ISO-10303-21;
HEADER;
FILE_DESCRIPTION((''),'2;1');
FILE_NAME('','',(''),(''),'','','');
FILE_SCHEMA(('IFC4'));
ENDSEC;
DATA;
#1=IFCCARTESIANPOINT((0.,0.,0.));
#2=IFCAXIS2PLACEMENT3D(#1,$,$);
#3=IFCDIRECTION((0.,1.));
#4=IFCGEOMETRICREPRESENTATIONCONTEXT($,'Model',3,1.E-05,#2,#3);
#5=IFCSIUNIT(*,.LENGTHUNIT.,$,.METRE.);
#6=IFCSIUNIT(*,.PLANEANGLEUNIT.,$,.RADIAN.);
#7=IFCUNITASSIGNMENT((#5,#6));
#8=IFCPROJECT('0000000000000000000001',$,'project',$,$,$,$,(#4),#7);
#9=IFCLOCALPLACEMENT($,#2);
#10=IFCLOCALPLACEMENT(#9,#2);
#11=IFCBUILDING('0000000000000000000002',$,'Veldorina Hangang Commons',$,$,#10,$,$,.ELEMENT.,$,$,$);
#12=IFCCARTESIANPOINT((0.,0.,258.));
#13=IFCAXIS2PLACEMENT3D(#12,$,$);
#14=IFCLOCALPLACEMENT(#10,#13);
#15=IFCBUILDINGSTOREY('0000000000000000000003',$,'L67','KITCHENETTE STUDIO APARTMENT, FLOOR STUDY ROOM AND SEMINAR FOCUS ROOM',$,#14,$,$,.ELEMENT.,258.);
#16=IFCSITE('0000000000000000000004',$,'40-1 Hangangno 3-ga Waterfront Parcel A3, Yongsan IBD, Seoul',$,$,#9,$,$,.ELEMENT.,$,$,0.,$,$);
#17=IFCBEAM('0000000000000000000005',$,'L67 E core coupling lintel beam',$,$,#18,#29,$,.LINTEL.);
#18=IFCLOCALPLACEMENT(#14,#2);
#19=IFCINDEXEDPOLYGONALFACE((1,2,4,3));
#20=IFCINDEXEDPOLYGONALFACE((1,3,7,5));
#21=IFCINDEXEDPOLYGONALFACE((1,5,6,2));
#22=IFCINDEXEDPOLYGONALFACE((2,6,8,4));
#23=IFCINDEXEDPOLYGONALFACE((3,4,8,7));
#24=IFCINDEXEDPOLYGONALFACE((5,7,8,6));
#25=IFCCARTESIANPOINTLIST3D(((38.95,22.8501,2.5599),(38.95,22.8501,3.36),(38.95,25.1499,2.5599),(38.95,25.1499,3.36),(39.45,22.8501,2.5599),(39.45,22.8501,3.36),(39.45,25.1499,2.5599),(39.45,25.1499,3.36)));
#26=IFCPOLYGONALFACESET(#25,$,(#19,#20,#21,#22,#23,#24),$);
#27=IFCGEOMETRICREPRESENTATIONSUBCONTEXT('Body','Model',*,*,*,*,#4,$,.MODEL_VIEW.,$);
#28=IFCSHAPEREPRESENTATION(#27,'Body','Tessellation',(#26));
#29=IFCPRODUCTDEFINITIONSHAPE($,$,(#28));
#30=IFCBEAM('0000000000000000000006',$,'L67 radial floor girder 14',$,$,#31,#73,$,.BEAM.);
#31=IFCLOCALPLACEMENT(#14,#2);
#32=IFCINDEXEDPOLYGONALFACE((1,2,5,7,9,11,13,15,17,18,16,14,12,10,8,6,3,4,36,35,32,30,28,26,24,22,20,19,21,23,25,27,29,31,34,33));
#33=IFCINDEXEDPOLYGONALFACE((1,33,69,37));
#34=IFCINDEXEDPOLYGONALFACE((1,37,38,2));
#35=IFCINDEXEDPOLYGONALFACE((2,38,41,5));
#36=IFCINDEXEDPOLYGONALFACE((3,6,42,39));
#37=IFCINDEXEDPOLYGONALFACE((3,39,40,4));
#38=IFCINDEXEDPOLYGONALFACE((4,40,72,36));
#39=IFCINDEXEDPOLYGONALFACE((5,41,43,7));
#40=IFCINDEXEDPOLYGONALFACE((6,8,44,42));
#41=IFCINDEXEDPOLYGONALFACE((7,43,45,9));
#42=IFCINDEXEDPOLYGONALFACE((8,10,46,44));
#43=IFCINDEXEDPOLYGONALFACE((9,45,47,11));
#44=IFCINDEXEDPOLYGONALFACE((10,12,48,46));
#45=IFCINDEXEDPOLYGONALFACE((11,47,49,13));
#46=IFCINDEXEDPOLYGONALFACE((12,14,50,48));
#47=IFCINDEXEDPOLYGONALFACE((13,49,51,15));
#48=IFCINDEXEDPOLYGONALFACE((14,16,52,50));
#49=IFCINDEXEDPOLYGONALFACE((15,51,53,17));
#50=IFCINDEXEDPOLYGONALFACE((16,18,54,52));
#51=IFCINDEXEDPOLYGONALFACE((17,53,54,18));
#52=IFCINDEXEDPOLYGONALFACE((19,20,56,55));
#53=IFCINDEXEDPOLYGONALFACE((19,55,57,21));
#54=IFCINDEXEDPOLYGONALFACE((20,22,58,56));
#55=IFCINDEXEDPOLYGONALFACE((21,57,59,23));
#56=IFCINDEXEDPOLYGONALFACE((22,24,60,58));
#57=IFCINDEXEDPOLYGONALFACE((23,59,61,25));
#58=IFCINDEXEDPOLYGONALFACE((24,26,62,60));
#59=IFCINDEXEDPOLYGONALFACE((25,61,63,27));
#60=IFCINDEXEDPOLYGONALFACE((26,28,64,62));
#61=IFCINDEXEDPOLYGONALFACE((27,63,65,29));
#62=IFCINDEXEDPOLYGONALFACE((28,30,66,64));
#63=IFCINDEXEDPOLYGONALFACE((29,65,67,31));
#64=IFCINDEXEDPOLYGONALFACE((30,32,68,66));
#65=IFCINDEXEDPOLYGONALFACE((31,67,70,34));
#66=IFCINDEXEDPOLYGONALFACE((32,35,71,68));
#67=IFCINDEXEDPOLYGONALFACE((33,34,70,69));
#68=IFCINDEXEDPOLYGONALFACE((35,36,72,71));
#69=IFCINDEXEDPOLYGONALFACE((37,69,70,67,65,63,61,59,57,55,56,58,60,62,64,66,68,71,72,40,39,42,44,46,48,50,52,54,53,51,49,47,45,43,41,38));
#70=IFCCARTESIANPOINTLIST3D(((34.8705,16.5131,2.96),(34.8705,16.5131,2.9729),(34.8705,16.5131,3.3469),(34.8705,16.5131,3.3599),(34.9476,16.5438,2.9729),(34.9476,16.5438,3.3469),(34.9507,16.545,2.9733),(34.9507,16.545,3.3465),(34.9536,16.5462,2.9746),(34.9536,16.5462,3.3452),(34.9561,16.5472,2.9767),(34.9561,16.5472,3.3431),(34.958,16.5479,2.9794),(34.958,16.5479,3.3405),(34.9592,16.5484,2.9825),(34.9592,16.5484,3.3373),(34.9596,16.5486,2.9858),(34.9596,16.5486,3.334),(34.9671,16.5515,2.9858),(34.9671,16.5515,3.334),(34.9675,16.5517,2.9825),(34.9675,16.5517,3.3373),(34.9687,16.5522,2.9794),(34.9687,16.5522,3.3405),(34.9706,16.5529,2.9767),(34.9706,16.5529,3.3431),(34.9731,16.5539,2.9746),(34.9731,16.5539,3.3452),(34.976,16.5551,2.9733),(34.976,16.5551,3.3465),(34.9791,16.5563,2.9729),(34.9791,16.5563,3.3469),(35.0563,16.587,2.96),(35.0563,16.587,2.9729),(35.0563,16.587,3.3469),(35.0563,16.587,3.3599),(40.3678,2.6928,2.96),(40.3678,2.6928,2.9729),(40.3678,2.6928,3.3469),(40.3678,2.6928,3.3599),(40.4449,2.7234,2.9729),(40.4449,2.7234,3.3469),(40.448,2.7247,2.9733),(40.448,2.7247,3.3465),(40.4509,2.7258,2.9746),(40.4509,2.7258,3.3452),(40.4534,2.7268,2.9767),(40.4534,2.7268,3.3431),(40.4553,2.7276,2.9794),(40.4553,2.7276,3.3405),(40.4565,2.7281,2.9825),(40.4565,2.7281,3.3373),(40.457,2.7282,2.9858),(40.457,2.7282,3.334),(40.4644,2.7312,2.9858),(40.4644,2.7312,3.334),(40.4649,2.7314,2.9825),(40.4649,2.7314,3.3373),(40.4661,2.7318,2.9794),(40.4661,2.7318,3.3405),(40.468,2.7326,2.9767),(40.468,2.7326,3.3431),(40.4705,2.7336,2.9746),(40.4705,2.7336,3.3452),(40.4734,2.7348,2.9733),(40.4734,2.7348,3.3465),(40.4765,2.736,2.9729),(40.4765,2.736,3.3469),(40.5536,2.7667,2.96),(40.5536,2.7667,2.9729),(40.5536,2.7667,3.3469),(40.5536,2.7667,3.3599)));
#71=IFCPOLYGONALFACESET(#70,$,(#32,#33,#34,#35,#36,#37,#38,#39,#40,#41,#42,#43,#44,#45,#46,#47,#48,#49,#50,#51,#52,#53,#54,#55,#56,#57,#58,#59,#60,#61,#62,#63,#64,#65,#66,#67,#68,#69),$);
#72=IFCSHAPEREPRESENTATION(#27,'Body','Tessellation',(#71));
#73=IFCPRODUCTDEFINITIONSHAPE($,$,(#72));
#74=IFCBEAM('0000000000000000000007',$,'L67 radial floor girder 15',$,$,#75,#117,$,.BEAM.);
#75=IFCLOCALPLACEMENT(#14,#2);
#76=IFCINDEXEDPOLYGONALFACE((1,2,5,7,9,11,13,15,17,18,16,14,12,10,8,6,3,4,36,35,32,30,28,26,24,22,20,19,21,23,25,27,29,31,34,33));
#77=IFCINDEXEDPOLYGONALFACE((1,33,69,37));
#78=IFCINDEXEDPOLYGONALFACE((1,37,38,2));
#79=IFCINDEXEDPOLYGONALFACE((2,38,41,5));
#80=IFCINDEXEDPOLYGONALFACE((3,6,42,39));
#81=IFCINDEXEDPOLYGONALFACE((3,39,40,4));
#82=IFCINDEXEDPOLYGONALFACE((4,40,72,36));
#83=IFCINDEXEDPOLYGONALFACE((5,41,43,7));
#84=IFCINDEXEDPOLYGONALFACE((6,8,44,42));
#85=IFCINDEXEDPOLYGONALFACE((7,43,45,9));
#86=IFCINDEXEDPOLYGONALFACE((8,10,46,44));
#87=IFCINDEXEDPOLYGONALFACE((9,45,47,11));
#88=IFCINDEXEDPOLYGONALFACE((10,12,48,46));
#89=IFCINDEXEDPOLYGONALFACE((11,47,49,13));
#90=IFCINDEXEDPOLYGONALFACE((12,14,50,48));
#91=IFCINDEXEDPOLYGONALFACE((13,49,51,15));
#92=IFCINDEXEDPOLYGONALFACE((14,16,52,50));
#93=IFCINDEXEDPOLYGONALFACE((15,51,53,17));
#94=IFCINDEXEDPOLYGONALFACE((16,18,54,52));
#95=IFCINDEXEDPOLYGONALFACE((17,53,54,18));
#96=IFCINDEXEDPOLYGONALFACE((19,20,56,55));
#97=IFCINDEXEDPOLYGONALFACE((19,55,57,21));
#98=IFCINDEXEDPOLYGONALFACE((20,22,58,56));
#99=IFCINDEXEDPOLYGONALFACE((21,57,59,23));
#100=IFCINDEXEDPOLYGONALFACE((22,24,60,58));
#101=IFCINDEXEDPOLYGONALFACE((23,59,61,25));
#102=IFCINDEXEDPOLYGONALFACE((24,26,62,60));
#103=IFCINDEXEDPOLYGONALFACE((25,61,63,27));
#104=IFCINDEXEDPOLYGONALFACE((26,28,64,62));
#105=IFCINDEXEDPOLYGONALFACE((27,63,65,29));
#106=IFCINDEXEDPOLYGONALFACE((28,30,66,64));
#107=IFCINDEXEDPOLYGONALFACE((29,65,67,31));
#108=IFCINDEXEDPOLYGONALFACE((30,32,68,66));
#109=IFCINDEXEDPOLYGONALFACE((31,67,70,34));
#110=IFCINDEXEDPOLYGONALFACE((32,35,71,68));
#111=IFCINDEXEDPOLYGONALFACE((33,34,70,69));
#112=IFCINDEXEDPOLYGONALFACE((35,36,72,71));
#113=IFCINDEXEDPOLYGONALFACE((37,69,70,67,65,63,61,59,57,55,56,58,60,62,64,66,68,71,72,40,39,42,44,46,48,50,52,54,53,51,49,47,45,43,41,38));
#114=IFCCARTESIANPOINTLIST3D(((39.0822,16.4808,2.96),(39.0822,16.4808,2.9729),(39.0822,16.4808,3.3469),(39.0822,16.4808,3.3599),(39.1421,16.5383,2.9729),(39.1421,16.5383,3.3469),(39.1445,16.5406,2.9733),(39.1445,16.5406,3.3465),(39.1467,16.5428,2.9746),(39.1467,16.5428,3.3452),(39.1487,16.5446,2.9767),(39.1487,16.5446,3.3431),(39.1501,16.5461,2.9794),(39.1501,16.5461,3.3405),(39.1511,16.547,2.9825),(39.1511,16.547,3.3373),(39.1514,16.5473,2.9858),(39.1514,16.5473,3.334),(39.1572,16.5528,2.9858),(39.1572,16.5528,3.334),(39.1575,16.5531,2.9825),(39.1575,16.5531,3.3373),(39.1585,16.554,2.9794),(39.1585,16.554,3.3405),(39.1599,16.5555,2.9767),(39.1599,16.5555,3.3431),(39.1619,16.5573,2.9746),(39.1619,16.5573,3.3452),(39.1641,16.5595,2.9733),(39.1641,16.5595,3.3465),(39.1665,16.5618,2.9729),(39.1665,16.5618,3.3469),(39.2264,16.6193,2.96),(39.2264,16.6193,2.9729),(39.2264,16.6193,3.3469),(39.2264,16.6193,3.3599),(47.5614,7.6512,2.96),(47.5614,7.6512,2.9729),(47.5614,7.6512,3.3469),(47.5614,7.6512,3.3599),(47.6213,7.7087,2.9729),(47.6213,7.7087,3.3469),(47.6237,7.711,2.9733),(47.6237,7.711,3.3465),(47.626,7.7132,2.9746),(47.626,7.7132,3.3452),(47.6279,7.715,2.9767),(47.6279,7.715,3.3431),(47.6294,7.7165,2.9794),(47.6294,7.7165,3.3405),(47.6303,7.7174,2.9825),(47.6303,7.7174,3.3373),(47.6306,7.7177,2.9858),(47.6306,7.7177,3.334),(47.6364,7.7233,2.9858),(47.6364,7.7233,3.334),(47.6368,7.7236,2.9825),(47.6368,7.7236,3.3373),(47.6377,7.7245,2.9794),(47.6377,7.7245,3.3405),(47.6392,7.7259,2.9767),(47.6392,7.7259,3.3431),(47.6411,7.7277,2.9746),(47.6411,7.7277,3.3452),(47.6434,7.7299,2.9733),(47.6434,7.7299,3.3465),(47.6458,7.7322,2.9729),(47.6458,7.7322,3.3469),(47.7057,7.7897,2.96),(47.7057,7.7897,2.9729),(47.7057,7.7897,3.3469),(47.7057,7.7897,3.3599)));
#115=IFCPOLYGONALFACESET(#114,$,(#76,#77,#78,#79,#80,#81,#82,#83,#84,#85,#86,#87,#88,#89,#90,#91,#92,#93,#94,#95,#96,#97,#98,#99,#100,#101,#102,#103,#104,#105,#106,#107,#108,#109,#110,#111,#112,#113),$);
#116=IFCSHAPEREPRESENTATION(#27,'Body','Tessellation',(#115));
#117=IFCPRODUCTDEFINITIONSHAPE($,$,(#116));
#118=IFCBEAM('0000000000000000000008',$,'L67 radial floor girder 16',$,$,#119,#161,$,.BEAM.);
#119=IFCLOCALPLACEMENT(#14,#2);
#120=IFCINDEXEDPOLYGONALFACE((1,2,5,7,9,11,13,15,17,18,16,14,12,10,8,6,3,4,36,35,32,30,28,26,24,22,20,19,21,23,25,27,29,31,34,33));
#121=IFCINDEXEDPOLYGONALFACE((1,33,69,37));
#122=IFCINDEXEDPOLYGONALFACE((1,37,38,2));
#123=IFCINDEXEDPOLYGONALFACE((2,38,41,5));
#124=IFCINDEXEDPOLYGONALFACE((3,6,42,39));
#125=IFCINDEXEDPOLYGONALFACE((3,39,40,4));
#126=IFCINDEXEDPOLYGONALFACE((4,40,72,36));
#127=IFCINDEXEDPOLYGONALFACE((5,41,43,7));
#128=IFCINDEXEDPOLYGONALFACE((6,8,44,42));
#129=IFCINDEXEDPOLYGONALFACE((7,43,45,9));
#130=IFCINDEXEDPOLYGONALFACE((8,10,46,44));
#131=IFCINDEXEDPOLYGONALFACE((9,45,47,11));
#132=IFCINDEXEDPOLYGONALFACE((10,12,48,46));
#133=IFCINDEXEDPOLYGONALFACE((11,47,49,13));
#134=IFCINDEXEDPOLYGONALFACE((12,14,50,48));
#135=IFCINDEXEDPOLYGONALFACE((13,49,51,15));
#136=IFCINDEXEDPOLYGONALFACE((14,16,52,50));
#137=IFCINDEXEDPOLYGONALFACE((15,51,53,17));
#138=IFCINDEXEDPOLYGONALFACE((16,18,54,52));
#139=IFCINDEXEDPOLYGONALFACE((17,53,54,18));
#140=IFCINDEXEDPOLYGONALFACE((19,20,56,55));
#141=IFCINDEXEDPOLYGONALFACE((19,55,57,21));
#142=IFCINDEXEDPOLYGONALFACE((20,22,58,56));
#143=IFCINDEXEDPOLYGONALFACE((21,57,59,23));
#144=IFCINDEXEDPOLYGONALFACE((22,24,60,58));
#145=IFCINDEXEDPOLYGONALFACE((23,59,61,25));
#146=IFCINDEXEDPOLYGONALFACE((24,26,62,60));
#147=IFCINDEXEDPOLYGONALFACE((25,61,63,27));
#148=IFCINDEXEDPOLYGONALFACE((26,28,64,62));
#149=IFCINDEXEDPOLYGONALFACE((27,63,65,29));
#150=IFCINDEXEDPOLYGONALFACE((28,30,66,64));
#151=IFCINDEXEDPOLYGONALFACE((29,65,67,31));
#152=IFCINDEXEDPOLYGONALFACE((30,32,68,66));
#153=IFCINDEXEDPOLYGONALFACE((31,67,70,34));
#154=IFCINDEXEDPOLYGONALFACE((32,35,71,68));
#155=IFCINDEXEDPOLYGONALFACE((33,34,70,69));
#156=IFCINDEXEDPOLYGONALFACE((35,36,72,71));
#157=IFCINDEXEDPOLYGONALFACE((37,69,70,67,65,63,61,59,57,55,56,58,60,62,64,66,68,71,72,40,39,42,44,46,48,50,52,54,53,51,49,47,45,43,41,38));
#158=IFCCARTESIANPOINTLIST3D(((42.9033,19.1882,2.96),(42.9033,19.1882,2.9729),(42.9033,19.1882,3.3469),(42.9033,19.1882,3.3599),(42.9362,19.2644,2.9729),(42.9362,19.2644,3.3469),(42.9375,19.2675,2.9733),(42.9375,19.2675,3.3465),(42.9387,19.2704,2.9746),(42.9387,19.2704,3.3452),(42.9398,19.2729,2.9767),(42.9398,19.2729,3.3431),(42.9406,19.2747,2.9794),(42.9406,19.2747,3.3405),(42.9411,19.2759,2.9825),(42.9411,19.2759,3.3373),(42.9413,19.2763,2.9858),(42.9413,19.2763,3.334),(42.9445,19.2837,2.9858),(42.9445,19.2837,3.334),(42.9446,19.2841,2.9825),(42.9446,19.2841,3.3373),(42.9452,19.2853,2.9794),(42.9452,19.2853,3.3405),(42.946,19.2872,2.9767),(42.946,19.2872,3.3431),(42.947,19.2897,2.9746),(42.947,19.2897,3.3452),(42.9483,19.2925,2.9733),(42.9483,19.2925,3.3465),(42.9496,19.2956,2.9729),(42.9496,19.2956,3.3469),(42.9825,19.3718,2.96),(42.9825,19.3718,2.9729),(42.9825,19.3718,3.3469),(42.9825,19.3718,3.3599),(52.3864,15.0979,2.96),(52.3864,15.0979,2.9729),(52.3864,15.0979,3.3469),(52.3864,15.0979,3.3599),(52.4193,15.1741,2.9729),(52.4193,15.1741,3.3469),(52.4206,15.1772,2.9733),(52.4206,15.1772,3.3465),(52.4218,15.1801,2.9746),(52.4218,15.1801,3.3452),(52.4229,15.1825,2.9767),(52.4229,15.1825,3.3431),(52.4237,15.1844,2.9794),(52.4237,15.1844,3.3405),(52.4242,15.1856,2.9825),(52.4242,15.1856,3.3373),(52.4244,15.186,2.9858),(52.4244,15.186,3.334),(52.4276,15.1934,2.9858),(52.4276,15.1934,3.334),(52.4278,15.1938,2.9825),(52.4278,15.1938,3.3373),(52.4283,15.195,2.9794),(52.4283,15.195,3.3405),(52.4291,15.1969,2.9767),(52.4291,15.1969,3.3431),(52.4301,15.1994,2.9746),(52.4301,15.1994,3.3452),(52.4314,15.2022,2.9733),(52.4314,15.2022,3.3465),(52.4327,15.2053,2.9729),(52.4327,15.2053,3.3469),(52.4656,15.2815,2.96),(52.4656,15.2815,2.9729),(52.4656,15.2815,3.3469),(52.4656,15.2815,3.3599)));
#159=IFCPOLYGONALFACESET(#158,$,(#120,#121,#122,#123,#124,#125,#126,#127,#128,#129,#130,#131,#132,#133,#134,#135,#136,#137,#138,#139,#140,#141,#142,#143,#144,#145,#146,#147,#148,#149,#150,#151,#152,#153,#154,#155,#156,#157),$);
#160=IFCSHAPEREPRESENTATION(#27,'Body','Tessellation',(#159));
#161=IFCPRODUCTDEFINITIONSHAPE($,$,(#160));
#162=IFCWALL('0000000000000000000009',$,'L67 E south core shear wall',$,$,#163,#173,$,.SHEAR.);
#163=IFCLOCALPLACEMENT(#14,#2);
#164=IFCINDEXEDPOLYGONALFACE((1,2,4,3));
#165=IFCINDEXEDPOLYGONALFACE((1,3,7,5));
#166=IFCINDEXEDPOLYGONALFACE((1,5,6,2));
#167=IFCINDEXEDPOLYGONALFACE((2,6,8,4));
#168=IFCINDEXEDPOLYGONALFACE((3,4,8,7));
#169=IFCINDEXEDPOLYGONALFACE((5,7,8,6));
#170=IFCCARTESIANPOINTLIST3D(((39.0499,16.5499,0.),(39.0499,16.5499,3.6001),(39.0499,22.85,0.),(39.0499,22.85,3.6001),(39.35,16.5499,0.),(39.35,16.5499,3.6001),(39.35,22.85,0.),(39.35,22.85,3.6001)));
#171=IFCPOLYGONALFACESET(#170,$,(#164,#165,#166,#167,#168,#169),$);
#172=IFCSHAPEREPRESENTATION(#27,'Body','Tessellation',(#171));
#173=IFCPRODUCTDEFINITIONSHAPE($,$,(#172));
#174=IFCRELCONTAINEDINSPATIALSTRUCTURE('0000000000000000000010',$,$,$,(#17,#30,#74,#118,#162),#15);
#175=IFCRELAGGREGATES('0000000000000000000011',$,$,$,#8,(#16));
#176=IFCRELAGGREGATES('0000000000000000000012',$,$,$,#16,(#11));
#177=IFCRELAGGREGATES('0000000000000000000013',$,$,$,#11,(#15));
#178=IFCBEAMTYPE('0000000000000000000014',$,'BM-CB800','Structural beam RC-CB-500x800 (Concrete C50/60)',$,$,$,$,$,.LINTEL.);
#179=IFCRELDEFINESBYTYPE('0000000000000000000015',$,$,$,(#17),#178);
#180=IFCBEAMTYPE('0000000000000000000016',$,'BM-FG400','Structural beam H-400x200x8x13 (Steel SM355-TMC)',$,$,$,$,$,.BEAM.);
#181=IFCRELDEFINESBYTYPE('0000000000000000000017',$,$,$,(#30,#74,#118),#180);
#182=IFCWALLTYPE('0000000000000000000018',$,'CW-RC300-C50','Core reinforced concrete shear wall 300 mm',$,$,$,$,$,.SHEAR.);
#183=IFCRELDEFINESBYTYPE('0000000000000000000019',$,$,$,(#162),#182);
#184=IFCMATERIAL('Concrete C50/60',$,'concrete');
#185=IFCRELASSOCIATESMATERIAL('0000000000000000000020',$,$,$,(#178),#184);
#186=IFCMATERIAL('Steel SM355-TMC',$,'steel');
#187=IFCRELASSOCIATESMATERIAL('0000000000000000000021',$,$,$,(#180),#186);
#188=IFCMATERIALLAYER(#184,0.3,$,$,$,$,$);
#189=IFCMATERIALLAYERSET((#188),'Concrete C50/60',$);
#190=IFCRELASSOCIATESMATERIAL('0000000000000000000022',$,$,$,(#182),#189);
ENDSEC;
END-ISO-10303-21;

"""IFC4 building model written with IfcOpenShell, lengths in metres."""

from ifc_helpers import new_model, si_unit, direction, frame, frame_2d, origin, origin_2d, place, context, subcontext, project, spatial, rectangle, i_section, extrude, material, layer, layer_set, material_profile, profile_set, type_object, element, save


model = new_model("IFC4")

# Units and contexts
model_context = context("Model", 3, precision=1e-05, world=origin(), true_north=direction((0.0, 1.0)))
body_context = subcontext(model_context, "Body", "Model", "MODEL_VIEW")
ifc_project = project(units=[si_unit("LENGTHUNIT", "METRE"), si_unit("PLANEANGLEUNIT", "RADIAN")], contexts=[model_context])

# Site, building, storey
site_placement = place(None, origin())
site = spatial("IfcSite", under=ifc_project, at=site_placement, Name="40-1 Hangangno 3-ga Waterfront Parcel A3, Yongsan IBD, Seoul", CompositionType="ELEMENT", RefElevation=0.0)
building_placement = place(site_placement, origin())
building = spatial("IfcBuilding", under=site, at=building_placement, Name="Veldorina Hangang Commons", CompositionType="ELEMENT")
storey_placement = place(building_placement, frame((0.0, 0.0, 258.0)))
storey = spatial("IfcBuildingStorey", under=building, at=storey_placement, Name="L67", Description="KITCHENETTE STUDIO APARTMENT, FLOOR STUDY ROOM AND SEMINAR FOCUS ROOM", CompositionType="ELEMENT", Elevation=258.0)

# Beams
ifc_material_1 = material(Name="Concrete C50/60", Category="concrete")
ifc_material_profile_1 = material_profile(ifc_material_1, rectangle(XDim=0.5, YDim=0.8, at=origin_2d()), Name="RC-CB-500x800")
ifc_profile_set_1 = profile_set([ifc_material_profile_1], Name="Concrete C50/60")
beam_type_1 = type_object("IfcBeamType", Name="BM-CB800", Description="Structural beam RC-CB-500x800 (Concrete C50/60)", PredefinedType="LINTEL", material=ifc_profile_set_1)
beam_1_placement = place(storey_placement, frame((39.2, 22.8501, 2.96), z_axis=(0.0, 1.0, 0.0), x_axis=(-1.0, 0.0, 0.0)))
element("IfcBeam", 1, at=beam_1_placement, inside=storey, type_object=beam_type_1, Name="L67 E core coupling lintel beam", PredefinedType="LINTEL", context=body_context, shape_type="SweptSolid", body=[
    extrude(rectangle(XDim=0.5, YDim=0.8, at=origin_2d()), origin(), (0.0, 0.0, 1.0), 2.2998),
])
ifc_material_2 = material(Name="Steel SM355-TMC", Category="steel")
ifc_material_profile_2 = material_profile(ifc_material_2, i_section(OverallWidth=0.2, OverallDepth=0.3999, WebThickness=0.0081, FlangeThickness=0.0129, FilletRadius=0.0129, at=origin_2d()), Name="H-400x200x8x13")
ifc_profile_set_2 = profile_set([ifc_material_profile_2], Name="Steel SM355-TMC")
beam_type_2 = type_object("IfcBeamType", Name="BM-FG400", Description="Structural beam H-400x200x8x13 (Steel SM355-TMC)", PredefinedType="BEAM", material=ifc_profile_set_2)
beam_2_placement = place(storey_placement, frame((34.9634, 16.55, 3.1599), z_axis=(0.369604, -0.929189, 0.0), x_axis=(0.929189, 0.369604, 0.0)))
element("IfcBeam", 2, at=beam_2_placement, inside=storey, type_object=beam_type_2, Name="L67 radial floor girder 14", PredefinedType="BEAM", context=body_context, shape_type="SweptSolid", body=[
    extrude(i_section(OverallWidth=0.2, OverallDepth=0.3999, WebThickness=0.0081, FlangeThickness=0.0129, FilletRadius=0.0129, at=origin_2d()), origin(), (0.0, 0.0, 1.0), 14.8735),
])
beam_3_placement = place(storey_placement, frame((39.1543, 16.55, 3.1599), z_axis=(0.692653, -0.721271, 0.0), x_axis=(0.721271, 0.692653, 0.0)))
element("IfcBeam", 3, at=beam_3_placement, inside=storey, type_object=beam_type_2, Name="L67 radial floor girder 15", PredefinedType="BEAM", context=body_context, shape_type="SweptSolid", body=[
    extrude(i_section(OverallWidth=0.2, OverallDepth=0.3999, WebThickness=0.0081, FlangeThickness=0.0129, FilletRadius=0.0129, at=origin_2d()), origin(), (0.0, 0.0, 1.0), 12.2417),
])
beam_4_placement = place(storey_placement, frame((42.9429, 19.28, 3.1599), z_axis=(0.918227, -0.396055, 0.0), x_axis=(0.396055, 0.918227, 0.0)))
element("IfcBeam", 4, at=beam_4_placement, inside=storey, type_object=beam_type_2, Name="L67 radial floor girder 16", PredefinedType="BEAM", context=body_context, shape_type="SweptSolid", body=[
    extrude(i_section(OverallWidth=0.2, OverallDepth=0.3999, WebThickness=0.0081, FlangeThickness=0.0129, FilletRadius=0.0129, at=origin_2d()), origin(), (0.0, 0.0, 1.0), 10.3276),
])

# Wall
ifc_layer_1 = layer(ifc_material_1, 0.3)
ifc_layer_set_1 = layer_set([ifc_layer_1], Name="Concrete C50/60")
wall_type_1 = type_object("IfcWallType", Name="CW-RC300-C50", Description="Core reinforced concrete shear wall 300 mm", PredefinedType="SHEAR", material=ifc_layer_set_1)
wall_1_placement = place(storey_placement, frame((39.2, 16.55, 0.0), z_axis=(0.0, 0.0, 1.0), x_axis=(0.0, 1.0, 0.0)))
element("IfcWall", 5, at=wall_1_placement, inside=storey, type_object=wall_type_1, Name="L67 E south core shear wall", PredefinedType="SHEAR", context=body_context, shape_type="SweptSolid", body=[
    extrude(rectangle(XDim=6.3, YDim=0.3, at=frame_2d((3.1499, 0.0))), origin(), (0.0, 0.0, 1.0), 3.6001),
])

save(model, "model.ifc")
